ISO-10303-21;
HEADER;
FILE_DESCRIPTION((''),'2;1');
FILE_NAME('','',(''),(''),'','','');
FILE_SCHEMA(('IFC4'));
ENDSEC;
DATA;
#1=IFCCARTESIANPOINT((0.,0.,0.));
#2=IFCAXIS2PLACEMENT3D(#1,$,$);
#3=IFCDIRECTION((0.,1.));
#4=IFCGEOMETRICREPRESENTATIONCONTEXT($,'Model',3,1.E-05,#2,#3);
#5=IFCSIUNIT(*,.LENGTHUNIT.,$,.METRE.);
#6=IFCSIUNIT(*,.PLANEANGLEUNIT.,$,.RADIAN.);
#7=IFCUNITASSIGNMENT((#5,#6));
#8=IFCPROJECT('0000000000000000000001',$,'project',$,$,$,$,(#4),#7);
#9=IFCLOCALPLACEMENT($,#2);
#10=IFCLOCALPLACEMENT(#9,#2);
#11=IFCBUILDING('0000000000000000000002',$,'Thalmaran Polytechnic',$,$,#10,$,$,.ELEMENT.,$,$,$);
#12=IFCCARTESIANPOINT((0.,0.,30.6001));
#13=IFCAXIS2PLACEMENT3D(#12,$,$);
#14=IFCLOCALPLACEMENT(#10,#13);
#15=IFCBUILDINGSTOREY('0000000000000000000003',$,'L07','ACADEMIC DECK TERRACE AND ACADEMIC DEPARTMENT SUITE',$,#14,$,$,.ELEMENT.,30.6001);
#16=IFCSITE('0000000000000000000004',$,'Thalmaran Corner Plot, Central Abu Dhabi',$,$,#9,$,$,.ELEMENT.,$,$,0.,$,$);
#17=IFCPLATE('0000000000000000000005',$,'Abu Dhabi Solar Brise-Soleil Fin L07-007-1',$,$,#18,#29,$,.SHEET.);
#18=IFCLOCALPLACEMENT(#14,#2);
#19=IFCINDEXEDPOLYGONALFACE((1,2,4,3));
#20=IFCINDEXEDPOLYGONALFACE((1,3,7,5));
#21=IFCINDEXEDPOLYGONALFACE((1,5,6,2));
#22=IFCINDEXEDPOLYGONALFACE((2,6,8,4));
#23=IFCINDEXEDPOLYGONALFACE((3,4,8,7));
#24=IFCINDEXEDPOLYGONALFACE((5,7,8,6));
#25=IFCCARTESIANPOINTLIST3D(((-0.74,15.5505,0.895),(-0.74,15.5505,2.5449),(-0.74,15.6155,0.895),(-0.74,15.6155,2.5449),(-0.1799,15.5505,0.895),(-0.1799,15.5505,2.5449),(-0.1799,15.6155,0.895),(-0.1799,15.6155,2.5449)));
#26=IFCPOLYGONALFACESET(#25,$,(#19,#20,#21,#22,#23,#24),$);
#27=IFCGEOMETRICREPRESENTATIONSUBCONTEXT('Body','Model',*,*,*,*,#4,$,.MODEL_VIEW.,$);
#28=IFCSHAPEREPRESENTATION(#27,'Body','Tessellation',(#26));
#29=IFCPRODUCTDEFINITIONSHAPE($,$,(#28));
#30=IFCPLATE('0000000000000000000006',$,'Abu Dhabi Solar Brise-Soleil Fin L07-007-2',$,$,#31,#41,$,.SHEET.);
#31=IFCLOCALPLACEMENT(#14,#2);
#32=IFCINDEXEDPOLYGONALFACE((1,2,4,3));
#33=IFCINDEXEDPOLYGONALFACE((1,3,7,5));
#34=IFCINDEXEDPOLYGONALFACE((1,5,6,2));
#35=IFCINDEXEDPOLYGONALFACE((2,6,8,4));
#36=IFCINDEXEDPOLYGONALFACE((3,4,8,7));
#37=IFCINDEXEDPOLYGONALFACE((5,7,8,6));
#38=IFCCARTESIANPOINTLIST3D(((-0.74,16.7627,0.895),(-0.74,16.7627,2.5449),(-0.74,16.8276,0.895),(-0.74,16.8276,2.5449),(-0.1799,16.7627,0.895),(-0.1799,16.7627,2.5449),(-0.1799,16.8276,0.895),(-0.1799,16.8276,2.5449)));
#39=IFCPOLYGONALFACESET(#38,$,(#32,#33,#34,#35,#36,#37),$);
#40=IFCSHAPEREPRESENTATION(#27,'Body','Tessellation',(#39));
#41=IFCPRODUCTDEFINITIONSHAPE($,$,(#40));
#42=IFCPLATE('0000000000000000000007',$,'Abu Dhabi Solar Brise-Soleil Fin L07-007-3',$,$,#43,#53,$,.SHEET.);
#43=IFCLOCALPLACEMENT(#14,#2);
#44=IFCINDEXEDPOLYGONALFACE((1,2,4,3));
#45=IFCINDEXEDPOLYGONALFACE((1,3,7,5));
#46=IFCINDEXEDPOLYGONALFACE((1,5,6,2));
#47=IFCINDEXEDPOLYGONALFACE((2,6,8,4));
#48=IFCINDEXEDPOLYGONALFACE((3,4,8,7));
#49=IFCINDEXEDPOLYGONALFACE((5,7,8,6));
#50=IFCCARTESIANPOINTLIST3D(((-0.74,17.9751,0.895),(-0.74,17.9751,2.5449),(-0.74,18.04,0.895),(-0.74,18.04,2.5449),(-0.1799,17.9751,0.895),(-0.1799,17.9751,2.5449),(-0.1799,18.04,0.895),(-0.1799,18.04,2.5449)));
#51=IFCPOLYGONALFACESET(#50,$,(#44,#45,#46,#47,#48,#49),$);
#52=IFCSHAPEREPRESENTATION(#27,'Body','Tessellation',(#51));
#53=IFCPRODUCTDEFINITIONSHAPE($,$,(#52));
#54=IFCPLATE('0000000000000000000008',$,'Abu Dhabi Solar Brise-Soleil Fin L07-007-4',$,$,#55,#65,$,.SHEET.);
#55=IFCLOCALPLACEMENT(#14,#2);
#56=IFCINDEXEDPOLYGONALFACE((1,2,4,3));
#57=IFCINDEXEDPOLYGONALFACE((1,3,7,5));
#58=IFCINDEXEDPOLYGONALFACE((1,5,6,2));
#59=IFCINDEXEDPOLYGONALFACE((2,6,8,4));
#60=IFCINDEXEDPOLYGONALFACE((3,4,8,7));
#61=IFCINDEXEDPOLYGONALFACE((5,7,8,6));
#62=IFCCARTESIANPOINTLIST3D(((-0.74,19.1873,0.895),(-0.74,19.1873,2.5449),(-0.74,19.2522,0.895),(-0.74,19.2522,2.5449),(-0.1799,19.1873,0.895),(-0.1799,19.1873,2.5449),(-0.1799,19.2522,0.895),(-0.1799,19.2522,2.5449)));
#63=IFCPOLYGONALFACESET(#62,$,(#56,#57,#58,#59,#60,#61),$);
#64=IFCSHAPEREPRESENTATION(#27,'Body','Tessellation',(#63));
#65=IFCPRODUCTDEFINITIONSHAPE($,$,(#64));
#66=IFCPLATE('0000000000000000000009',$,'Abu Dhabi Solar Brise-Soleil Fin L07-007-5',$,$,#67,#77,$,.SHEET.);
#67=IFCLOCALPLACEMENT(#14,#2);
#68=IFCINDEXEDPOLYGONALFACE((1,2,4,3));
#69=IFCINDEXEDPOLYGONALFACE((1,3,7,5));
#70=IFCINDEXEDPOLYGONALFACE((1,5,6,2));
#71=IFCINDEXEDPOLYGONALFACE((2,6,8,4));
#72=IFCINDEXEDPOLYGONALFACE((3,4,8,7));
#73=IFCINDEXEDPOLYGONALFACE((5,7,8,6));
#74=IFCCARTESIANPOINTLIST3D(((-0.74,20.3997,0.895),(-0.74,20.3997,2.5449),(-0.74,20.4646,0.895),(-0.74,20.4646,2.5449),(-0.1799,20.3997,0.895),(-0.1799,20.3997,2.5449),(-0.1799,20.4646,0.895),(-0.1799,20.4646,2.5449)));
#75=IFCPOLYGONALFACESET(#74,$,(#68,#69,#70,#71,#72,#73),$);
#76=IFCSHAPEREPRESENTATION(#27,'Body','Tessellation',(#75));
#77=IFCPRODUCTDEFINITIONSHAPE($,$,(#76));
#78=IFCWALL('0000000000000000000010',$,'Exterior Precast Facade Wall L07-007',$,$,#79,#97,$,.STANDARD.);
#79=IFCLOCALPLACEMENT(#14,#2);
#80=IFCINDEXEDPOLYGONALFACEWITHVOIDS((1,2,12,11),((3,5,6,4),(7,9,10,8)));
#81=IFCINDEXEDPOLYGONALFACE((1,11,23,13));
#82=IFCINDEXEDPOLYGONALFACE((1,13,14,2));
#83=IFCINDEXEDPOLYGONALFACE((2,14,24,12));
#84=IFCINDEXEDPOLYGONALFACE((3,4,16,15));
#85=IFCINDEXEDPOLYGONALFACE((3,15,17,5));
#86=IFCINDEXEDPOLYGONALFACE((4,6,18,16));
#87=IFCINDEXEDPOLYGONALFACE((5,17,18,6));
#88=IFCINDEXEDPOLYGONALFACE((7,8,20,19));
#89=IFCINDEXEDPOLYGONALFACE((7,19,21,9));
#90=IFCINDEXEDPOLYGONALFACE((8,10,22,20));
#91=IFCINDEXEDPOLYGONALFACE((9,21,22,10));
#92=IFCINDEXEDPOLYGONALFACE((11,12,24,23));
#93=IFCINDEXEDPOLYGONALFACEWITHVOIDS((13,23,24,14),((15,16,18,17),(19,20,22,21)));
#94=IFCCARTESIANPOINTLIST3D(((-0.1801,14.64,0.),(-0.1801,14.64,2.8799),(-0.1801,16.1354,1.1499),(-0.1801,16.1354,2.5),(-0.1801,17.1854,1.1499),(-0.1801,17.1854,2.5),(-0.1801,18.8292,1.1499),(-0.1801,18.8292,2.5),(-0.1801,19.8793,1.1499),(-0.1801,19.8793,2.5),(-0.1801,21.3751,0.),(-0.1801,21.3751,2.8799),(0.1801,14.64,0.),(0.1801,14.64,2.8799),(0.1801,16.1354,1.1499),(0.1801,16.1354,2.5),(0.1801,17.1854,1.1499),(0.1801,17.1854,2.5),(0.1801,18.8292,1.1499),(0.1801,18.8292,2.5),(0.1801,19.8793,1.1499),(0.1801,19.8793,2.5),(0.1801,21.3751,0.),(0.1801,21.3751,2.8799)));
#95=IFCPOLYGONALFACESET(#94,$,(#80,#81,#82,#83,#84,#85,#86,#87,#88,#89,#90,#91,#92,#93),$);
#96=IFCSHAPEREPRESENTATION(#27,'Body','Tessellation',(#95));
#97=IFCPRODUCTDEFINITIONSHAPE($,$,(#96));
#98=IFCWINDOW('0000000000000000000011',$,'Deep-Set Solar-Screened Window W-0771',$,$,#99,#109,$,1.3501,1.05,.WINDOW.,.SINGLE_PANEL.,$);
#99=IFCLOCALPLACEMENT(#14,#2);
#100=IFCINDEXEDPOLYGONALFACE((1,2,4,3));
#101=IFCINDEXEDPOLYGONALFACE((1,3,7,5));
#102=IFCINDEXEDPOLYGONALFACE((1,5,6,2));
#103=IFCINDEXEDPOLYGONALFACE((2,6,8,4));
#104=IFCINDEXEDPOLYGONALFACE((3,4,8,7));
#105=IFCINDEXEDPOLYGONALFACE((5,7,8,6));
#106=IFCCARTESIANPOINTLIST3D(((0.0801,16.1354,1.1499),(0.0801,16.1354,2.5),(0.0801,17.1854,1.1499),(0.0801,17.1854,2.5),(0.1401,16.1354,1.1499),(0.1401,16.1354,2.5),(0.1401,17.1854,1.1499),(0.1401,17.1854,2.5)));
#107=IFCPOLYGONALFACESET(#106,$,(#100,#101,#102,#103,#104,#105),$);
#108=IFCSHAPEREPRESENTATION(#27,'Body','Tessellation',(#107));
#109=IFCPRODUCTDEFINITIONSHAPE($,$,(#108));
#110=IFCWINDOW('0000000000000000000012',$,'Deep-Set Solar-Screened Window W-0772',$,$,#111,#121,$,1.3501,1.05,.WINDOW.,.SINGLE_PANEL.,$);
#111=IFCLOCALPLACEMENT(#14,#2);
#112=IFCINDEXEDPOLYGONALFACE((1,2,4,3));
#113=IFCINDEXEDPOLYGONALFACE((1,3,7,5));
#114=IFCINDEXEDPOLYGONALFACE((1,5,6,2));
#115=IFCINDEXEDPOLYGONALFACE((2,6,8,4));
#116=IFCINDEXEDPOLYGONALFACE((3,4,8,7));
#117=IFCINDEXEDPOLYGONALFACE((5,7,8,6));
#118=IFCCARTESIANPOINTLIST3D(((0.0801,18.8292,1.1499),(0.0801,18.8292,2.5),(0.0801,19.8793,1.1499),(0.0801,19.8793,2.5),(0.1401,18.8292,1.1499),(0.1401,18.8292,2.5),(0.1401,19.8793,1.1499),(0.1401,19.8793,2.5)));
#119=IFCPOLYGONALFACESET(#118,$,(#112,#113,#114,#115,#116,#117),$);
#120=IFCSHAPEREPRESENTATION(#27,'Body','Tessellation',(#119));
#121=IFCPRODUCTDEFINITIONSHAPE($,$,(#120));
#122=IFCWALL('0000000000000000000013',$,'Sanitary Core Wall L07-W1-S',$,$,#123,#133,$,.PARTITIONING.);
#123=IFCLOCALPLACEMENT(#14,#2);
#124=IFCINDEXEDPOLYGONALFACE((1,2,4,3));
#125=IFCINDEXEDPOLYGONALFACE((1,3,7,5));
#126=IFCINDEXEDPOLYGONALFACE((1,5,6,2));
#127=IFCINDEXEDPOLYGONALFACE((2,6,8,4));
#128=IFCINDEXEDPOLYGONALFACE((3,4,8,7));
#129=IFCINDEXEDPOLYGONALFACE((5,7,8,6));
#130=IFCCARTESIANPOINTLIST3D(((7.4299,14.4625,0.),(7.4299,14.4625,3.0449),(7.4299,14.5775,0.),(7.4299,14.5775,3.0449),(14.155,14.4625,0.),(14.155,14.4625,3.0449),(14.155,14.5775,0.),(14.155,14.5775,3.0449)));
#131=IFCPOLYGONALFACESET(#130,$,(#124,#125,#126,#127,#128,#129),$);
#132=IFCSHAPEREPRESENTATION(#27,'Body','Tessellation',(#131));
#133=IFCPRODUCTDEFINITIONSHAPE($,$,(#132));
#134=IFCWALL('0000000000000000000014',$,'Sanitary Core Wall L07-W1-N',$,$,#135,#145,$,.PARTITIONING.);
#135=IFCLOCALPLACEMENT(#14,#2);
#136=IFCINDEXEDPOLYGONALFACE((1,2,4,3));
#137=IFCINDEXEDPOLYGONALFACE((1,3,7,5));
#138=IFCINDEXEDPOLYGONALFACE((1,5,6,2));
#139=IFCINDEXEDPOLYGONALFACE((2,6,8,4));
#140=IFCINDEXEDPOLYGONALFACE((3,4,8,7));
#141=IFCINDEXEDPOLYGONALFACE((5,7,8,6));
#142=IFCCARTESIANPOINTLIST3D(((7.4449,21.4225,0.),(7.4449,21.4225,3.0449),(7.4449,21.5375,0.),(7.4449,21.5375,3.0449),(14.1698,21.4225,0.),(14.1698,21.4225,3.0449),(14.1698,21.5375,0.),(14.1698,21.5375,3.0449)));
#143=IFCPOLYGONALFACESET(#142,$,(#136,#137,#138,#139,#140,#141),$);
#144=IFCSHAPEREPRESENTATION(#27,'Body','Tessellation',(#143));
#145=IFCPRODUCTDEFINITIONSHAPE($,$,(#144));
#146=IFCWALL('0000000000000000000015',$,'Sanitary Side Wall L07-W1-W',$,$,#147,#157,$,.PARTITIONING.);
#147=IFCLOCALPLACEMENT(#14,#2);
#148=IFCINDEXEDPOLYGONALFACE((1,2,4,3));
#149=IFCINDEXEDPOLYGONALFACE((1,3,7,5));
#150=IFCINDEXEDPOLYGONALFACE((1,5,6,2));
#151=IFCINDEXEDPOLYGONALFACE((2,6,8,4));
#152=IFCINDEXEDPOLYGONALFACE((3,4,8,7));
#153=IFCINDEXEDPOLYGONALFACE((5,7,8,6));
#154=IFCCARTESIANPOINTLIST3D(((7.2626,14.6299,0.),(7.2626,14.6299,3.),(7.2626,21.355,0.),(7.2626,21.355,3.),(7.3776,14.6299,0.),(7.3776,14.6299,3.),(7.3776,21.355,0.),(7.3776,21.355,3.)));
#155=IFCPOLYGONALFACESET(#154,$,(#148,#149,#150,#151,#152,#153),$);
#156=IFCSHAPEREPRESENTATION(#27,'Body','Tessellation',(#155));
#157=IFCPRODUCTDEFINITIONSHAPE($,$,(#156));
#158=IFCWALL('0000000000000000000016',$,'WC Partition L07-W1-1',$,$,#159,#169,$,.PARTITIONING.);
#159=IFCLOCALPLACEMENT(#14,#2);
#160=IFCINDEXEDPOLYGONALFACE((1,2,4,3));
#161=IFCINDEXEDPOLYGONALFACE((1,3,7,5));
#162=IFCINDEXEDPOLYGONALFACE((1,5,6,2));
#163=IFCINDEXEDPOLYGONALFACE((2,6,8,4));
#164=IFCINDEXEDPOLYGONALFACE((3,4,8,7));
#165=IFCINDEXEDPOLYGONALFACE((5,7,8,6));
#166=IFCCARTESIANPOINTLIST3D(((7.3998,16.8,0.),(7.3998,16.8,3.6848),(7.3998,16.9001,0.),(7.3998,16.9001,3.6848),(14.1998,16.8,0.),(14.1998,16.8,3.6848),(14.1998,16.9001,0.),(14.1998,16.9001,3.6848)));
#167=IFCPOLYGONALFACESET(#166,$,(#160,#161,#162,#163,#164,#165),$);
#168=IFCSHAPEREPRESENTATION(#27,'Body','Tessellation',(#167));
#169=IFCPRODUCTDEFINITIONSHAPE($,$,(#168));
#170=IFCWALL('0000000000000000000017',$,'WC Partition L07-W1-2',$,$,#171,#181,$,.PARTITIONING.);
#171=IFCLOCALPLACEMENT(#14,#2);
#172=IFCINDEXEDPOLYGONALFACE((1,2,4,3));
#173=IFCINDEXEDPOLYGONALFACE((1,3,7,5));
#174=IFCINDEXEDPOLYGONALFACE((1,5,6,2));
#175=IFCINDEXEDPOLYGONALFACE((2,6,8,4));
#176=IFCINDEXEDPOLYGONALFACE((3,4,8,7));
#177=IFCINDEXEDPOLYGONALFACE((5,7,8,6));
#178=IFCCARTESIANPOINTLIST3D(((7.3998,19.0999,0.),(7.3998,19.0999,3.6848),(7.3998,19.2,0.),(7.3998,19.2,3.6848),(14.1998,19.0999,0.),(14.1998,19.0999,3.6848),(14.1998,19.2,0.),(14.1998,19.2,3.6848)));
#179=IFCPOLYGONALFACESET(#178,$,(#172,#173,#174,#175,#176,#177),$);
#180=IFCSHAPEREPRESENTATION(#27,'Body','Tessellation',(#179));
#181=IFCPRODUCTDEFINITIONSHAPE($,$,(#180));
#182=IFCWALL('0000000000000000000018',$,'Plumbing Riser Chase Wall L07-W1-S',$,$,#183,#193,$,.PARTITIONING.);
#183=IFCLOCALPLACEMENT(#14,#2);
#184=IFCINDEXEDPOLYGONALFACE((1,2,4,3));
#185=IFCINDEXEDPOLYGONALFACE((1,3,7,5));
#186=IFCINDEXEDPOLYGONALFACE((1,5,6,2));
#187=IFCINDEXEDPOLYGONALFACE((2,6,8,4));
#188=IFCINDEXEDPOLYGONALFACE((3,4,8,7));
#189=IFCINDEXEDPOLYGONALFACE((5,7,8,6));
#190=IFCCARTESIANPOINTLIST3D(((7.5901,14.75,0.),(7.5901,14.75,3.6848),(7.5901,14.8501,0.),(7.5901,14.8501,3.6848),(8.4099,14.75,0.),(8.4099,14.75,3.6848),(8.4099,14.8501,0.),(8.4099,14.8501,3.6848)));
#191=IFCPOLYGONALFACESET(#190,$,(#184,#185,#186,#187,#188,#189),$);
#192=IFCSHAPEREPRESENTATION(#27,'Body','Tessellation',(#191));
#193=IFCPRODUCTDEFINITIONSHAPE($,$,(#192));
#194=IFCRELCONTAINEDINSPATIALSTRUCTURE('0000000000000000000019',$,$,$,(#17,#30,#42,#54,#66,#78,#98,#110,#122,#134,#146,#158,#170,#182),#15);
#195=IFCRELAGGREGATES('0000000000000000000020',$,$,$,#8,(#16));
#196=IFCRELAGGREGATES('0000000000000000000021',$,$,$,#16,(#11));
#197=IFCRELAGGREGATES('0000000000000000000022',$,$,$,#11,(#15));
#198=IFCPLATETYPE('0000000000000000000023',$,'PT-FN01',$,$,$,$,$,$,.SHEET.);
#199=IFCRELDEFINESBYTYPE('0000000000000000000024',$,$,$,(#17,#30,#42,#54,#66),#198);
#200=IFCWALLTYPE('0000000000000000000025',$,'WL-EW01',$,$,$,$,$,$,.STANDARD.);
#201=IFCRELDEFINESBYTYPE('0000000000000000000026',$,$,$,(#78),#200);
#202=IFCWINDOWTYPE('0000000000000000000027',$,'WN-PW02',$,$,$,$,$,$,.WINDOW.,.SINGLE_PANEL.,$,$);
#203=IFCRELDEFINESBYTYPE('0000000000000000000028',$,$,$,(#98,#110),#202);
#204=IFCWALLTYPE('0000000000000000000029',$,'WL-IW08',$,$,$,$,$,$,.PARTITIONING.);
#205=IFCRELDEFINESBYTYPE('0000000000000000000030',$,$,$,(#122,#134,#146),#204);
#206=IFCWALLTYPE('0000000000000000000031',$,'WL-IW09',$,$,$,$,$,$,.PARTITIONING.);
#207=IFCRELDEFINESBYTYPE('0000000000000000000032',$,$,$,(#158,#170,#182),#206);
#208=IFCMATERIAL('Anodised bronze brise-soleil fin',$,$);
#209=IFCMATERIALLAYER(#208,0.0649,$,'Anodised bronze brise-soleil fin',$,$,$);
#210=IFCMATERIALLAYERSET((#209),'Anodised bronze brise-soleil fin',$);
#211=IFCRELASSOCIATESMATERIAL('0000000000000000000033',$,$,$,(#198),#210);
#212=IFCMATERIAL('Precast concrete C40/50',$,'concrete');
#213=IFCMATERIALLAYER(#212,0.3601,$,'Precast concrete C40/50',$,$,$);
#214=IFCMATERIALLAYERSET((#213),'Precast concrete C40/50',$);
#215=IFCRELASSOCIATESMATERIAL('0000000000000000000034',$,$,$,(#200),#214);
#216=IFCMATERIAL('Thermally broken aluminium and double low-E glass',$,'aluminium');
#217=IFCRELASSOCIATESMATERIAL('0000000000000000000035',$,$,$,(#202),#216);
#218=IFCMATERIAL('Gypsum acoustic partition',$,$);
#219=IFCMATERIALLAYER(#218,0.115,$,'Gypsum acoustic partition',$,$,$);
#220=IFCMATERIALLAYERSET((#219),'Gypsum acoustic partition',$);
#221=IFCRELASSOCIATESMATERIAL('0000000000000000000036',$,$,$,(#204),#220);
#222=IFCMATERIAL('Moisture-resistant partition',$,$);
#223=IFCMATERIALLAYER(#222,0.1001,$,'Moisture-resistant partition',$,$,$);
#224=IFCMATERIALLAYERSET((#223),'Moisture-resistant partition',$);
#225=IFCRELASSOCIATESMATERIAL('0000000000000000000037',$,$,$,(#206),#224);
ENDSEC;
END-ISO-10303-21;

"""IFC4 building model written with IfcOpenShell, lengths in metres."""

from ifc_helpers import new_model, si_unit, direction, frame, frame_2d, origin, origin_2d, place, context, subcontext, project, spatial, rectangle, extrude, material, layer, layer_set, type_object, element, fill, save


model = new_model("IFC4")

# Units and contexts
model_context = context("Model", 3, precision=1e-05, world=origin(), true_north=direction((0.0, 1.0)))
body_context = subcontext(model_context, "Body", "Model", "MODEL_VIEW")
ifc_project = project(units=[si_unit("LENGTHUNIT", "METRE"), si_unit("PLANEANGLEUNIT", "RADIAN")], contexts=[model_context])

# Site, building, storey
site_placement = place(None, origin())
site = spatial("IfcSite", under=ifc_project, at=site_placement, Name="Thalmaran Corner Plot, Central Abu Dhabi", CompositionType="ELEMENT", RefElevation=0.0)
building_placement = place(site_placement, origin())
building = spatial("IfcBuilding", under=site, at=building_placement, Name="Thalmaran Polytechnic", CompositionType="ELEMENT")
storey_placement = place(building_placement, frame((0.0, 0.0, 30.6001)))
storey = spatial("IfcBuildingStorey", under=building, at=storey_placement, Name="L07", Description="ACADEMIC DECK TERRACE AND ACADEMIC DEPARTMENT SUITE", CompositionType="ELEMENT", Elevation=30.6001)

# Plates
ifc_material_1 = material(Name="Anodised bronze brise-soleil fin")
ifc_layer_1 = layer(ifc_material_1, 0.0649, Name="Anodised bronze brise-soleil fin")
ifc_layer_set_1 = layer_set([ifc_layer_1], Name="Anodised bronze brise-soleil fin")
plate_type_1 = type_object("IfcPlateType", Name="PT-FN01", PredefinedType="SHEET", material=ifc_layer_set_1)
for number, where, z_axis, x_axis, name in (
    (1, (-0.46, 15.583, 0.895), (0.0, 0.0, 1.0), (0.0, 1.0, 0.0), "Abu Dhabi Solar Brise-Soleil Fin L07-007-1"),
    (2, (-0.46, 16.7952, 0.895), (0.0, 0.0, 1.0), (0.0, 1.0, 0.0), "Abu Dhabi Solar Brise-Soleil Fin L07-007-2"),
    (3, (-0.46, 18.0076, 0.895), (0.0, 0.0, 1.0), (0.0, 1.0, 0.0), "Abu Dhabi Solar Brise-Soleil Fin L07-007-3"),
    (4, (-0.46, 19.2197, 0.895), (0.0, 0.0, 1.0), (0.0, 1.0, 0.0), "Abu Dhabi Solar Brise-Soleil Fin L07-007-4"),
    (5, (-0.46, 20.4321, 0.895), (0.0, 0.0, 1.0), (0.0, 1.0, 0.0), "Abu Dhabi Solar Brise-Soleil Fin L07-007-5"),
):
    element("IfcPlate", number, at=place(storey_placement, frame(where, z_axis=z_axis, x_axis=x_axis)), inside=storey, type_object=plate_type_1, Name=name, PredefinedType="SHEET", context=body_context, shape_type="SweptSolid", body=[
        extrude(rectangle(XDim=0.0649, YDim=0.5601, at=origin_2d()), origin(), (0.0, 0.0, 1.0), 1.6499),
    ])

# Wall, openings, windows
ifc_material_2 = material(Name="Precast concrete C40/50", Category="concrete")
ifc_layer_2 = layer(ifc_material_2, 0.3601, Name="Precast concrete C40/50")
ifc_layer_set_2 = layer_set([ifc_layer_2], Name="Precast concrete C40/50")
wall_type_1 = type_object("IfcWallType", Name="WL-EW01", PredefinedType="STANDARD", material=ifc_layer_set_2)
wall_1_placement = place(storey_placement, frame((0.0, 14.6399, 0.0), z_axis=(0.0, 0.0, 1.0), x_axis=(0.0, 1.0, 0.0)))
wall_1 = element("IfcWall", 6, at=wall_1_placement, inside=storey, type_object=wall_type_1, Name="Exterior Precast Facade Wall L07-007", PredefinedType="STANDARD", context=body_context, shape_type="SweptSolid", body=[
    extrude(rectangle(XDim=6.7351, YDim=0.3601, at=frame_2d((3.3677, 0.0))), origin(), (0.0, 0.0, 1.0), 2.8799),
])
opening_1_placement = place(wall_1_placement, frame((1.4956, 0.0, 1.1499)))
opening_1 = element("IfcOpeningElement", 7, at=opening_1_placement, cuts=wall_1, PredefinedType="OPENING", context=body_context, shape_type="SweptSolid", body=[
    extrude(rectangle(XDim=1.05, YDim=1.3501, at=frame_2d((0.5249, 0.675))), frame((0.0, 0.1899, 0.0), z_axis=(0.0, -1.0, 0.0), x_axis=(1.0, 0.0, 0.0)), (0.0, 0.0, 1.0), 0.3801),
])
opening_2_placement = place(wall_1_placement, frame((4.1895, 0.0, 1.1499)))
opening_2 = element("IfcOpeningElement", 8, at=opening_2_placement, cuts=wall_1, PredefinedType="OPENING", context=body_context, shape_type="SweptSolid", body=[
    extrude(rectangle(XDim=1.05, YDim=1.3501, at=frame_2d((0.5249, 0.675))), frame((0.0, 0.1899, 0.0), z_axis=(0.0, -1.0, 0.0), x_axis=(1.0, 0.0, 0.0)), (0.0, 0.0, 1.0), 0.3801),
])
ifc_material_3 = material(Name="Thermally broken aluminium and double low-E glass", Category="aluminium")
window_type = type_object("IfcWindowType", Name="WN-PW02", PartitioningType="SINGLE_PANEL", PredefinedType="WINDOW", material=ifc_material_3)
window_1_placement = place(opening_1_placement, origin())
window_1 = element("IfcWindow", 9, at=window_1_placement, inside=storey, type_object=window_type, Name="Deep-Set Solar-Screened Window W-0771", OverallHeight=1.3501, OverallWidth=1.05, PartitioningType="SINGLE_PANEL", PredefinedType="WINDOW", context=body_context, shape_type="SweptSolid", body=[
    extrude(rectangle(XDim=1.05, YDim=1.3501, at=frame_2d((0.5249, 0.675))), frame((0.0, -0.0801, 0.0), z_axis=(0.0, -1.0, 0.0), x_axis=(1.0, 0.0, 0.0)), (0.0, 0.0, 1.0), 0.0601),
])
fill(opening_1, window_1)
window_2_placement = place(opening_2_placement, origin())
window_2 = element("IfcWindow", 10, at=window_2_placement, inside=storey, type_object=window_type, Name="Deep-Set Solar-Screened Window W-0772", OverallHeight=1.3501, OverallWidth=1.05, PartitioningType="SINGLE_PANEL", PredefinedType="WINDOW", context=body_context, shape_type="SweptSolid", body=[
    extrude(rectangle(XDim=1.05, YDim=1.3501, at=frame_2d((0.5249, 0.675))), frame((0.0, -0.0801, 0.0), z_axis=(0.0, -1.0, 0.0), x_axis=(1.0, 0.0, 0.0)), (0.0, 0.0, 1.0), 0.0601),
])
fill(opening_2, window_2)

# Walls
ifc_material_4 = material(Name="Gypsum acoustic partition")
ifc_layer_3 = layer(ifc_material_4, 0.115, Name="Gypsum acoustic partition")
ifc_layer_set_3 = layer_set([ifc_layer_3], Name="Gypsum acoustic partition")
wall_type_2 = type_object("IfcWallType", Name="WL-IW08", PredefinedType="PARTITIONING", material=ifc_layer_set_3)
wall_2_placement = place(storey_placement, frame((7.4299, 14.52, 0.0), z_axis=(0.0, 0.0, 1.0), x_axis=(1.0, 0.0, 0.0)))
element("IfcWall", 11, at=wall_2_placement, inside=storey, type_object=wall_type_2, Name="Sanitary Core Wall L07-W1-S", PredefinedType="PARTITIONING", context=body_context, shape_type="SweptSolid", body=[
    extrude(rectangle(XDim=6.7251, YDim=0.115, at=frame_2d((3.3625, 0.0))), origin(), (0.0, 0.0, 1.0), 3.0449),
])
wall_3_placement = place(storey_placement, frame((7.4451, 21.48, 0.0), z_axis=(0.0, 0.0, 1.0), x_axis=(1.0, 0.0, 0.0)))
element("IfcWall", 12, at=wall_3_placement, inside=storey, type_object=wall_type_2, Name="Sanitary Core Wall L07-W1-N", PredefinedType="PARTITIONING", context=body_context, shape_type="SweptSolid", body=[
    extrude(rectangle(XDim=6.7249, YDim=0.115, at=frame_2d((3.3623, 0.0))), origin(), (0.0, 0.0, 1.0), 3.0449),
])
wall_4_placement = place(storey_placement, frame((7.3201, 14.6299, 0.0), z_axis=(0.0, 0.0, 1.0), x_axis=(0.0, 1.0, 0.0)))
element("IfcWall", 13, at=wall_4_placement, inside=storey, type_object=wall_type_2, Name="Sanitary Side Wall L07-W1-W", PredefinedType="PARTITIONING", context=body_context, shape_type="SweptSolid", body=[
    extrude(rectangle(XDim=6.7251, YDim=0.115, at=frame_2d((3.3625, 0.0))), origin(), (0.0, 0.0, 1.0), 3.0),
])
ifc_material_5 = material(Name="Moisture-resistant partition")
ifc_layer_4 = layer(ifc_material_5, 0.1001, Name="Moisture-resistant partition")
ifc_layer_set_4 = layer_set([ifc_layer_4], Name="Moisture-resistant partition")
wall_type_3 = type_object("IfcWallType", Name="WL-IW09", PredefinedType="PARTITIONING", material=ifc_layer_set_4)
for number, where, z_axis, x_axis, name in (
    (14, (7.3999, 16.8501, 0.0), (0.0, 0.0, 1.0), (1.0, 0.0, 0.0), "WC Partition L07-W1-1"),
    (15, (7.3999, 19.1499, 0.0), (0.0, 0.0, 1.0), (1.0, 0.0, 0.0), "WC Partition L07-W1-2"),
):
    element("IfcWall", number, at=place(storey_placement, frame(where, z_axis=z_axis, x_axis=x_axis)), inside=storey, type_object=wall_type_3, Name=name, PredefinedType="PARTITIONING", context=body_context, shape_type="SweptSolid", body=[
        extrude(rectangle(XDim=6.8, YDim=0.1001, at=frame_2d((3.3999, 0.0))), origin(), (0.0, 0.0, 1.0), 3.6848),
    ])
wall_5_placement = place(storey_placement, frame((7.5901, 14.8, 0.0), z_axis=(0.0, 0.0, 1.0), x_axis=(1.0, 0.0, 0.0)))
element("IfcWall", 16, at=wall_5_placement, inside=storey, type_object=wall_type_3, Name="Plumbing Riser Chase Wall L07-W1-S", PredefinedType="PARTITIONING", context=body_context, shape_type="SweptSolid", body=[
    extrude(rectangle(XDim=0.8198, YDim=0.1001, at=frame_2d((0.4099, 0.0))), origin(), (0.0, 0.0, 1.0), 3.6848),
])

save(model, "model.ifc")
